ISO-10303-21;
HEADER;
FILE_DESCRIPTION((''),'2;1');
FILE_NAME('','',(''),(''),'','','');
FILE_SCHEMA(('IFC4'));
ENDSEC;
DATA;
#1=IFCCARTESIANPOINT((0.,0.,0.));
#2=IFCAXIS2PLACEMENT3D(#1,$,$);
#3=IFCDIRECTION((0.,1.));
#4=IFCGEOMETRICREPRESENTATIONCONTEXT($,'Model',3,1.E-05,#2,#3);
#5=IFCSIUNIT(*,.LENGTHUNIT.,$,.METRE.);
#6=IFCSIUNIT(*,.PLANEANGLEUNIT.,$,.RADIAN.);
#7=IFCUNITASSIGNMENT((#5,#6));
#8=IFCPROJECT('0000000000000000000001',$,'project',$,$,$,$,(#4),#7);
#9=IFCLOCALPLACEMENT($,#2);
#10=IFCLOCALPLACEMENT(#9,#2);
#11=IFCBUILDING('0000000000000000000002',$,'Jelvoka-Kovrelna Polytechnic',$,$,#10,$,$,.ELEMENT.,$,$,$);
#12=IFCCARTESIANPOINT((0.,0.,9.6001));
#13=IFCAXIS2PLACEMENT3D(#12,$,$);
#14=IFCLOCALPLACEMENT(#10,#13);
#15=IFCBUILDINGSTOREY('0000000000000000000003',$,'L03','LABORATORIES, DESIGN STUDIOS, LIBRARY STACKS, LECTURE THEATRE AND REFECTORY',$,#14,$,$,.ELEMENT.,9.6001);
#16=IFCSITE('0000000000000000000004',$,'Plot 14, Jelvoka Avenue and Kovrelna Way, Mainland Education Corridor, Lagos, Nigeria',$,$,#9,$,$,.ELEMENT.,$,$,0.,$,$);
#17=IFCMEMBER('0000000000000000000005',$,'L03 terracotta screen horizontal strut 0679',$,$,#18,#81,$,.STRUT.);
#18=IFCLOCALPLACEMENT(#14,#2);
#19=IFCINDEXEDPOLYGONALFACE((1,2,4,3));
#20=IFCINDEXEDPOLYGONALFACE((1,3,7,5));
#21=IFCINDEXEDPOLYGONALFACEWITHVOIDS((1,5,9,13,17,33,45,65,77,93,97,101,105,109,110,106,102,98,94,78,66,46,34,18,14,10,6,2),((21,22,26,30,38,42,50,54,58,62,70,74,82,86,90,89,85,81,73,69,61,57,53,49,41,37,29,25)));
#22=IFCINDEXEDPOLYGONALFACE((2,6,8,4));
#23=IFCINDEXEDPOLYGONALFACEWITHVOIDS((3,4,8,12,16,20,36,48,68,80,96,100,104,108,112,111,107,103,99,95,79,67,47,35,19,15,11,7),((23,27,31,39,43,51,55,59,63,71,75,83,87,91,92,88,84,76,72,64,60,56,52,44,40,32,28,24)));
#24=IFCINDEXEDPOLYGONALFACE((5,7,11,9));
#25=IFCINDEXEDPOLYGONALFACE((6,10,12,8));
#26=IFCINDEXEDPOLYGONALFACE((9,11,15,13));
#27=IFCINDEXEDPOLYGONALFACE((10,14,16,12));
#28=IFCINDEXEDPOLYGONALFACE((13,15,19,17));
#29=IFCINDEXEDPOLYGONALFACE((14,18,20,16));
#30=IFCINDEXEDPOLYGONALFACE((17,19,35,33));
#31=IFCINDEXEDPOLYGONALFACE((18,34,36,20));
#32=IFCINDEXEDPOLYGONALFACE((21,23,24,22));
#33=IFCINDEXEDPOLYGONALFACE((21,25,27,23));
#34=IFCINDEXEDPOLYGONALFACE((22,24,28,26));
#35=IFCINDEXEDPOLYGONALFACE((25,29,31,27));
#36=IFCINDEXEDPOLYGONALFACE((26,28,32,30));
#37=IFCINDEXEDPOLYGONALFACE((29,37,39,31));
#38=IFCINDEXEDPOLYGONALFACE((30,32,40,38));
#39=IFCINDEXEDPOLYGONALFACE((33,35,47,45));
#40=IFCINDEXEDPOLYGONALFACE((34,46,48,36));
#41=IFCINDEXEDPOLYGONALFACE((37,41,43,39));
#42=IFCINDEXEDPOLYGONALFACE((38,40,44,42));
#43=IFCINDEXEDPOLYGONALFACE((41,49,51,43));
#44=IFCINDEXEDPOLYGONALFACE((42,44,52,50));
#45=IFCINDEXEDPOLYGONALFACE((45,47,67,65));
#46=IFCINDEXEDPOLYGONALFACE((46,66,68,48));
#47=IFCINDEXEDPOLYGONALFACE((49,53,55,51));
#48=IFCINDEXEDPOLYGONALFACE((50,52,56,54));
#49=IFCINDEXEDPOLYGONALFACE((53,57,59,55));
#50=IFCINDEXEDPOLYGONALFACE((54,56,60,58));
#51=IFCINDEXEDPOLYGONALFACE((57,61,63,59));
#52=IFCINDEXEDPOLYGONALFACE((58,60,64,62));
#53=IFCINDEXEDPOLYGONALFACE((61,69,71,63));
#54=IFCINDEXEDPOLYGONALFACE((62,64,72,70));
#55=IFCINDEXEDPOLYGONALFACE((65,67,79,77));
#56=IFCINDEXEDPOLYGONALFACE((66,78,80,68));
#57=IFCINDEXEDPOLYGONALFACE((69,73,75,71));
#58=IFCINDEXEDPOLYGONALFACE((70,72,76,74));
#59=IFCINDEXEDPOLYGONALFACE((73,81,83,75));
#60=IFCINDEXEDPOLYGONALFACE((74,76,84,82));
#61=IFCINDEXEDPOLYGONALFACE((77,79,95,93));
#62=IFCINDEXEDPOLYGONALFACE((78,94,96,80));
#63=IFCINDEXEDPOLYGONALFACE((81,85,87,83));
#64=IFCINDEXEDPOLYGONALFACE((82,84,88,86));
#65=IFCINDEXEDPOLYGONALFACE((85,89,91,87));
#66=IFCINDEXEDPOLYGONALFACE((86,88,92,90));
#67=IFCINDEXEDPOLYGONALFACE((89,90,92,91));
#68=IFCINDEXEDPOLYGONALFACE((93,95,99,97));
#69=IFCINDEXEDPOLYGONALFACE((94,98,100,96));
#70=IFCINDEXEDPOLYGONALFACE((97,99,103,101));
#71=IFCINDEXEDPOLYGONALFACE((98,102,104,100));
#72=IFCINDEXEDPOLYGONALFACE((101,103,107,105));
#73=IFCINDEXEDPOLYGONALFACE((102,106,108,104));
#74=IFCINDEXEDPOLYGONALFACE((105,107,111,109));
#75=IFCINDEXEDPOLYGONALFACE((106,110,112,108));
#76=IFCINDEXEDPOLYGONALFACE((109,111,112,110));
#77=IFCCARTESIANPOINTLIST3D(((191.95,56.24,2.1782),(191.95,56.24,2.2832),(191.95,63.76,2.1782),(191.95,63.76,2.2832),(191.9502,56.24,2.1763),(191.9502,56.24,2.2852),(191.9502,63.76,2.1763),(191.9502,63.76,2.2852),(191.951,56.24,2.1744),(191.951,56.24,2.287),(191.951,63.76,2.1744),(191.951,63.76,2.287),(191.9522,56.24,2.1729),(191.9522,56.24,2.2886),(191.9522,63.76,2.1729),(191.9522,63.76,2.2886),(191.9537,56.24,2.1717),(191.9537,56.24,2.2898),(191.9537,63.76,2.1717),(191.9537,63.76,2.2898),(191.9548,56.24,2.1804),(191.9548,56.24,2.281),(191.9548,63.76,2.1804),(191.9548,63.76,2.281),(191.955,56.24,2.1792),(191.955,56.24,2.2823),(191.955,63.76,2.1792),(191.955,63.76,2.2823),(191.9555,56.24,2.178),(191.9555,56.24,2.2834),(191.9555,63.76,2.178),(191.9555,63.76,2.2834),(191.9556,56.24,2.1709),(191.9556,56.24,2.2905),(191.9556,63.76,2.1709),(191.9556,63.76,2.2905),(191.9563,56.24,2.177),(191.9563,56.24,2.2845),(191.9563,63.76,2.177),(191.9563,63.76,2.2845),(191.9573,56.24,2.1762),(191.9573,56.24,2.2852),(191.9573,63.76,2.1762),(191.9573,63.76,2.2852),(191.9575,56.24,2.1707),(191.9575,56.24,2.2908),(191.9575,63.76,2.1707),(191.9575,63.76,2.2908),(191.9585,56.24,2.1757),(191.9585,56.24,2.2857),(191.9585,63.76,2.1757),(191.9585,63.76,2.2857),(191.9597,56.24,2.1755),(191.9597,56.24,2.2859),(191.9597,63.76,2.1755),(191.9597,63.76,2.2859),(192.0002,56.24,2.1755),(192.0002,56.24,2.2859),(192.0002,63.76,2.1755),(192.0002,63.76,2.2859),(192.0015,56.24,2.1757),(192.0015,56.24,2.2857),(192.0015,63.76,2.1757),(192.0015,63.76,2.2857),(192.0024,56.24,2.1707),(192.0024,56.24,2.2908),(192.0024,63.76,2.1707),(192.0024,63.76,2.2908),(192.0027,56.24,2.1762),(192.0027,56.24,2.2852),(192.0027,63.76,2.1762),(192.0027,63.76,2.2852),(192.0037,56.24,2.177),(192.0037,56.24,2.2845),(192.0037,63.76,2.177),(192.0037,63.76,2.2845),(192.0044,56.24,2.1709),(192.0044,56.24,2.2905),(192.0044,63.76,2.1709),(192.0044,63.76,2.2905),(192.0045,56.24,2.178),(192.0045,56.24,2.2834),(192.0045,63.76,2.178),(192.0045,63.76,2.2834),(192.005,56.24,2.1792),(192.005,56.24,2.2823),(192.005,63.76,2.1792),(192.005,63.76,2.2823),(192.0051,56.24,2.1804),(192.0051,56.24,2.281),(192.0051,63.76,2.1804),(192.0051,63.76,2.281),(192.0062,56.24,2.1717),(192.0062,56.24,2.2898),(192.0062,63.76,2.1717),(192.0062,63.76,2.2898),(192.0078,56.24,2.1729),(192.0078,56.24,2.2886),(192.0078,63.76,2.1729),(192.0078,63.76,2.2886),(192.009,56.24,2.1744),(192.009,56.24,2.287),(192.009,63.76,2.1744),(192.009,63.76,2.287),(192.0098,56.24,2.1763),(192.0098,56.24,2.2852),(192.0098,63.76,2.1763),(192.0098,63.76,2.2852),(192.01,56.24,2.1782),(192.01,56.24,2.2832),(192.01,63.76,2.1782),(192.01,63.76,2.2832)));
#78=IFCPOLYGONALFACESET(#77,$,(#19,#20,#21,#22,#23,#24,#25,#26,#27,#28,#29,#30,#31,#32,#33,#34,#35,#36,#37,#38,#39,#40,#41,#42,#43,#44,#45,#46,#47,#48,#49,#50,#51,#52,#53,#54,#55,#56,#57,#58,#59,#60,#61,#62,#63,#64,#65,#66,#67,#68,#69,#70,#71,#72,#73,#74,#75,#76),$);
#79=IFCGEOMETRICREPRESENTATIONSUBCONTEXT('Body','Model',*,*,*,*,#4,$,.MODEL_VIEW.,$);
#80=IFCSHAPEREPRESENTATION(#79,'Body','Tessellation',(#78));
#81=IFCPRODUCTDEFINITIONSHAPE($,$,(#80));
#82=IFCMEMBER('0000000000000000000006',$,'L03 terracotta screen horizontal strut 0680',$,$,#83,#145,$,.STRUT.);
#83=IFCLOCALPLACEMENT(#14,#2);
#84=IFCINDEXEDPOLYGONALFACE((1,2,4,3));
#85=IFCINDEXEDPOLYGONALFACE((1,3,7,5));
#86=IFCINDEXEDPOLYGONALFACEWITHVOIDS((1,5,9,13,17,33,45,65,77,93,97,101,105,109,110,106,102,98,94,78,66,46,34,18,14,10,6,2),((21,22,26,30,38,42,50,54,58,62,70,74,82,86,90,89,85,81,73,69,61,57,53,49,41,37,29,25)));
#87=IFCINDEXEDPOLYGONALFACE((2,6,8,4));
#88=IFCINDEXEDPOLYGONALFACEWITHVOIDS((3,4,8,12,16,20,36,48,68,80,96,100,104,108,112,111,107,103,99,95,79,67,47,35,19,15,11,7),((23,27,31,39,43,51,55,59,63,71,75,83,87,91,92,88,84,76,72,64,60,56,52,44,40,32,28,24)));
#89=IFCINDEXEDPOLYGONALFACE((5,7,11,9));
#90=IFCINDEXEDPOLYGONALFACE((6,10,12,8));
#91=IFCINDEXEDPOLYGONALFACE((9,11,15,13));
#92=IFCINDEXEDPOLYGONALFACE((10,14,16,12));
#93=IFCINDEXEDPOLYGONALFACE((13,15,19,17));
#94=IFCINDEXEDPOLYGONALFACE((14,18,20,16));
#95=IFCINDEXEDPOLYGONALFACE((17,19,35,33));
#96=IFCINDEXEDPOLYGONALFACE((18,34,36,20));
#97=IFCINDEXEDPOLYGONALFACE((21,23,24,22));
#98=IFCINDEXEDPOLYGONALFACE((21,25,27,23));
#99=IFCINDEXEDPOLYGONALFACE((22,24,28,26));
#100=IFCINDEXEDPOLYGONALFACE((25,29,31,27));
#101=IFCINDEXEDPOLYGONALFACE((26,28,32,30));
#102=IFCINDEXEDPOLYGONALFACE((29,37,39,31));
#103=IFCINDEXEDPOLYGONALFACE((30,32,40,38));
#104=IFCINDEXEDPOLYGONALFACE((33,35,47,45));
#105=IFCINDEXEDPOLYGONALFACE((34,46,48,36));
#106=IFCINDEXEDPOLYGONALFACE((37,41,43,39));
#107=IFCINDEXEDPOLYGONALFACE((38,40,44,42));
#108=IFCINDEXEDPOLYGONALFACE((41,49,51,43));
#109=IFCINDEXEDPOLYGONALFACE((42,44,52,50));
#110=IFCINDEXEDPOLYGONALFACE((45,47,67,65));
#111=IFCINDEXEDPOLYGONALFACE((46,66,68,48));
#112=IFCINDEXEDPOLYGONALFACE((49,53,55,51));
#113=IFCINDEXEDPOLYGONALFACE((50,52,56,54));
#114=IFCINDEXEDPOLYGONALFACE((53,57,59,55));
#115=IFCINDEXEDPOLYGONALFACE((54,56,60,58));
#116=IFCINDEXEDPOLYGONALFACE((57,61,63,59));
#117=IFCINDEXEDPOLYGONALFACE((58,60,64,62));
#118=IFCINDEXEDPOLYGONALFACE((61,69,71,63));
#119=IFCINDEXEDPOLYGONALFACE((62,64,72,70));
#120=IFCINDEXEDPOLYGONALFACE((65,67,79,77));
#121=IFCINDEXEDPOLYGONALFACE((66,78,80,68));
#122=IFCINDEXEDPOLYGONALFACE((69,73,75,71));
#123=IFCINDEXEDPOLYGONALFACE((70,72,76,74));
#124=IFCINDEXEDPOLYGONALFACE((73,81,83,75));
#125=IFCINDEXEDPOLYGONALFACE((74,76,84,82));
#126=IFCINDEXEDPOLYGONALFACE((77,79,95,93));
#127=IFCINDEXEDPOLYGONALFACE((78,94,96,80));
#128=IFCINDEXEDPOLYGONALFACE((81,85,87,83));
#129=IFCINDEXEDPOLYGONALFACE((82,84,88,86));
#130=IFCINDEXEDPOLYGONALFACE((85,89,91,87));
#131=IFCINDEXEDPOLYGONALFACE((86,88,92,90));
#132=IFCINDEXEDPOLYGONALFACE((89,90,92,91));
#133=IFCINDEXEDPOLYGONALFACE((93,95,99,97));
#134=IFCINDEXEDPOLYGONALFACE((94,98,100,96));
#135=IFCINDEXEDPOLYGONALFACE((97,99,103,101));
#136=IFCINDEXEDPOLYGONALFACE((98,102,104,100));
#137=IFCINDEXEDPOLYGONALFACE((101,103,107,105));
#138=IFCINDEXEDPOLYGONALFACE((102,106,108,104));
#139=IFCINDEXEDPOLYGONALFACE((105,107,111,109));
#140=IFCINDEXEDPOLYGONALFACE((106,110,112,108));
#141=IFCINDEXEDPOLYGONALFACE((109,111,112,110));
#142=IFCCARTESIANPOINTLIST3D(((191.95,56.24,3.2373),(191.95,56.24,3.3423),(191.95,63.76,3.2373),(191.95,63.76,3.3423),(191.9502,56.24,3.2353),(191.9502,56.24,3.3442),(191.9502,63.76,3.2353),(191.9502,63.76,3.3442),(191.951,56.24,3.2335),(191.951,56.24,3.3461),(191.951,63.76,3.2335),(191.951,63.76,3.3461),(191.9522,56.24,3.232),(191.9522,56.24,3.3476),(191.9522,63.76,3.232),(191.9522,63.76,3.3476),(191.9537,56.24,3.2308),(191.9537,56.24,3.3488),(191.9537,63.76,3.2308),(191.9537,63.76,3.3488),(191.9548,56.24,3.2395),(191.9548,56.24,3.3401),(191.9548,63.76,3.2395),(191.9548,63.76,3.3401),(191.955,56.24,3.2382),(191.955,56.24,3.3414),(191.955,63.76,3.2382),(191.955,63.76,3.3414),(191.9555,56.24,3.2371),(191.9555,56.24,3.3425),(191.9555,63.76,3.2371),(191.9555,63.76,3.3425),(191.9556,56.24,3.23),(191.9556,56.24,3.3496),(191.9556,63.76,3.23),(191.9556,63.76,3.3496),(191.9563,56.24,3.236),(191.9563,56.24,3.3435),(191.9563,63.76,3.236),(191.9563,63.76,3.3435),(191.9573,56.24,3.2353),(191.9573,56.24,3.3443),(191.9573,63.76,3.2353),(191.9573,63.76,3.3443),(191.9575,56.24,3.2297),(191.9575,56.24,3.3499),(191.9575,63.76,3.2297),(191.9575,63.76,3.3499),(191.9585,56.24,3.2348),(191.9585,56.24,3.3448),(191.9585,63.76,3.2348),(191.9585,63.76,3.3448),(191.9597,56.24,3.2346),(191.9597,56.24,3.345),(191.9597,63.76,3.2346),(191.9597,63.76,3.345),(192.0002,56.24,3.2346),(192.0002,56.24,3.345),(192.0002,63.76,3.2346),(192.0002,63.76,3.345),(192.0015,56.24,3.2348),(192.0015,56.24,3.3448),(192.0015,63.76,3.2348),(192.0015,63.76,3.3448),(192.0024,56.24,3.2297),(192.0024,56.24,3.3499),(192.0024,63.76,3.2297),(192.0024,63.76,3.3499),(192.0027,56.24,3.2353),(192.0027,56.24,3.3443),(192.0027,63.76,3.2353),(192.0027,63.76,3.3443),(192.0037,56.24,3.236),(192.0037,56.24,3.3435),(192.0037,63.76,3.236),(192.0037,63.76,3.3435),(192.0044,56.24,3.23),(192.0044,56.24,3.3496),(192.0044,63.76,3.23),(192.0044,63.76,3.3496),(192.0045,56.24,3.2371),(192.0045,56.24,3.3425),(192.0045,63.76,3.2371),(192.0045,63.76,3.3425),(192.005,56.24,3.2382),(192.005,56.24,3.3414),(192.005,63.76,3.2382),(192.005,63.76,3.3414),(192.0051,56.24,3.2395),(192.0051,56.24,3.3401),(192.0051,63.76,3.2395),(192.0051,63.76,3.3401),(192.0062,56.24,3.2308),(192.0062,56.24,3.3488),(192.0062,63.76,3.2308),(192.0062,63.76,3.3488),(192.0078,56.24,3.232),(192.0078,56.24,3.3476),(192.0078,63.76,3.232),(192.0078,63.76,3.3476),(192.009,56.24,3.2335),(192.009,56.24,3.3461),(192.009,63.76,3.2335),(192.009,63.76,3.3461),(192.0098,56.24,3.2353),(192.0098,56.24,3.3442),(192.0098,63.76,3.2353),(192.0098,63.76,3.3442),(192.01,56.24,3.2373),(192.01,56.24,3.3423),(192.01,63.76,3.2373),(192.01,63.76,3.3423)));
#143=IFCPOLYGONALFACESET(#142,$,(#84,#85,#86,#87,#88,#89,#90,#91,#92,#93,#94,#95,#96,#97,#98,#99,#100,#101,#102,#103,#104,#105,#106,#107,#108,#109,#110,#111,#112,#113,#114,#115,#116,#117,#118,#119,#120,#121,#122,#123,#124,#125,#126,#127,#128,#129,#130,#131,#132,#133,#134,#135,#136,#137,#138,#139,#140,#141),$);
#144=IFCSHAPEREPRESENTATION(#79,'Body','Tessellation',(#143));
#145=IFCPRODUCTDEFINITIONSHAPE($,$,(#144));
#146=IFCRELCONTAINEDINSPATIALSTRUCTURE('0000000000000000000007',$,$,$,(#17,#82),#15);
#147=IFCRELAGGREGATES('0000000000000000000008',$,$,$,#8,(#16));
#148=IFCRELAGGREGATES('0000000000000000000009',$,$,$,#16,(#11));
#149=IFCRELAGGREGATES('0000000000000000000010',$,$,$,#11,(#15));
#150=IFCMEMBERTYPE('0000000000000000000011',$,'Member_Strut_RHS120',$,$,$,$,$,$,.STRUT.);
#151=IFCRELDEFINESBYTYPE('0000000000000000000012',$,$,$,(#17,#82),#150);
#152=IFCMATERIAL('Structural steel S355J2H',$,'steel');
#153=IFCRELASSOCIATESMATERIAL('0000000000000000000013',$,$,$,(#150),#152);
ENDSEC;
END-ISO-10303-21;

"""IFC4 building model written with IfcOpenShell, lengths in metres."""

from ifc_helpers import new_model, si_unit, direction, frame, origin, origin_2d, place, context, subcontext, project, spatial, hollow_rectangle, extrude, material, material_profile, profile_set, type_object, element, save


model = new_model("IFC4")

# Units and contexts
model_context = context("Model", 3, precision=1e-05, world=origin(), true_north=direction((0.0, 1.0)))
body_context = subcontext(model_context, "Body", "Model", "MODEL_VIEW")
ifc_project = project(units=[si_unit("LENGTHUNIT", "METRE"), si_unit("PLANEANGLEUNIT", "RADIAN")], contexts=[model_context])

# Site, building, storey
site_placement = place(None, origin())
site = spatial("IfcSite", under=ifc_project, at=site_placement, Name="Plot 14, Jelvoka Avenue and Kovrelna Way, Mainland Education Corridor, Lagos, Nigeria", CompositionType="ELEMENT", RefElevation=0.0)
building_placement = place(site_placement, origin())
building = spatial("IfcBuilding", under=site, at=building_placement, Name="Jelvoka-Kovrelna Polytechnic", CompositionType="ELEMENT")
storey_placement = place(building_placement, frame((0.0, 0.0, 9.6001)))
storey = spatial("IfcBuildingStorey", under=building, at=storey_placement, Name="L03", Description="LABORATORIES, DESIGN STUDIOS, LIBRARY STACKS, LECTURE THEATRE AND REFECTORY", CompositionType="ELEMENT", Elevation=9.6001)

# Members
ifc_material_1 = material(Name="Structural steel S355J2H", Category="steel")
ifc_material_profile_1 = material_profile(ifc_material_1, hollow_rectangle(XDim=0.0601, YDim=0.1201, WallThickness=0.0049, InnerFilletRadius=0.0049, OuterFilletRadius=0.0076, at=origin_2d()), Name="120x60x5.0 RHS")
ifc_profile_set_1 = profile_set([ifc_material_profile_1], Name="Structural steel S355J2H")
member_type_1 = type_object("IfcMemberType", Name="Member_Strut_RHS120", PredefinedType="STRUT", material=ifc_profile_set_1)
for number, where, z_axis, x_axis, name in (
    (1, (191.98, 56.24, 2.2307), (0.0, 1.0, 0.0), (-1.0, 0.0, 0.0), "L03 terracotta screen horizontal strut 0679"),
    (2, (191.98, 56.24, 3.2898), (0.0, 1.0, 0.0), (-1.0, 0.0, 0.0), "L03 terracotta screen horizontal strut 0680"),
):
    element("IfcMember", number, at=place(storey_placement, frame(where, z_axis=z_axis, x_axis=x_axis)), inside=storey, type_object=member_type_1, Name=name, PredefinedType="STRUT", context=body_context, shape_type="SweptSolid", body=[
        extrude(hollow_rectangle(XDim=0.0601, YDim=0.1201, WallThickness=0.0049, InnerFilletRadius=0.0049, OuterFilletRadius=0.0076, at=origin_2d()), origin(), (0.0, 0.0, 1.0), 7.52),
    ])

save(model, "model.ifc")
